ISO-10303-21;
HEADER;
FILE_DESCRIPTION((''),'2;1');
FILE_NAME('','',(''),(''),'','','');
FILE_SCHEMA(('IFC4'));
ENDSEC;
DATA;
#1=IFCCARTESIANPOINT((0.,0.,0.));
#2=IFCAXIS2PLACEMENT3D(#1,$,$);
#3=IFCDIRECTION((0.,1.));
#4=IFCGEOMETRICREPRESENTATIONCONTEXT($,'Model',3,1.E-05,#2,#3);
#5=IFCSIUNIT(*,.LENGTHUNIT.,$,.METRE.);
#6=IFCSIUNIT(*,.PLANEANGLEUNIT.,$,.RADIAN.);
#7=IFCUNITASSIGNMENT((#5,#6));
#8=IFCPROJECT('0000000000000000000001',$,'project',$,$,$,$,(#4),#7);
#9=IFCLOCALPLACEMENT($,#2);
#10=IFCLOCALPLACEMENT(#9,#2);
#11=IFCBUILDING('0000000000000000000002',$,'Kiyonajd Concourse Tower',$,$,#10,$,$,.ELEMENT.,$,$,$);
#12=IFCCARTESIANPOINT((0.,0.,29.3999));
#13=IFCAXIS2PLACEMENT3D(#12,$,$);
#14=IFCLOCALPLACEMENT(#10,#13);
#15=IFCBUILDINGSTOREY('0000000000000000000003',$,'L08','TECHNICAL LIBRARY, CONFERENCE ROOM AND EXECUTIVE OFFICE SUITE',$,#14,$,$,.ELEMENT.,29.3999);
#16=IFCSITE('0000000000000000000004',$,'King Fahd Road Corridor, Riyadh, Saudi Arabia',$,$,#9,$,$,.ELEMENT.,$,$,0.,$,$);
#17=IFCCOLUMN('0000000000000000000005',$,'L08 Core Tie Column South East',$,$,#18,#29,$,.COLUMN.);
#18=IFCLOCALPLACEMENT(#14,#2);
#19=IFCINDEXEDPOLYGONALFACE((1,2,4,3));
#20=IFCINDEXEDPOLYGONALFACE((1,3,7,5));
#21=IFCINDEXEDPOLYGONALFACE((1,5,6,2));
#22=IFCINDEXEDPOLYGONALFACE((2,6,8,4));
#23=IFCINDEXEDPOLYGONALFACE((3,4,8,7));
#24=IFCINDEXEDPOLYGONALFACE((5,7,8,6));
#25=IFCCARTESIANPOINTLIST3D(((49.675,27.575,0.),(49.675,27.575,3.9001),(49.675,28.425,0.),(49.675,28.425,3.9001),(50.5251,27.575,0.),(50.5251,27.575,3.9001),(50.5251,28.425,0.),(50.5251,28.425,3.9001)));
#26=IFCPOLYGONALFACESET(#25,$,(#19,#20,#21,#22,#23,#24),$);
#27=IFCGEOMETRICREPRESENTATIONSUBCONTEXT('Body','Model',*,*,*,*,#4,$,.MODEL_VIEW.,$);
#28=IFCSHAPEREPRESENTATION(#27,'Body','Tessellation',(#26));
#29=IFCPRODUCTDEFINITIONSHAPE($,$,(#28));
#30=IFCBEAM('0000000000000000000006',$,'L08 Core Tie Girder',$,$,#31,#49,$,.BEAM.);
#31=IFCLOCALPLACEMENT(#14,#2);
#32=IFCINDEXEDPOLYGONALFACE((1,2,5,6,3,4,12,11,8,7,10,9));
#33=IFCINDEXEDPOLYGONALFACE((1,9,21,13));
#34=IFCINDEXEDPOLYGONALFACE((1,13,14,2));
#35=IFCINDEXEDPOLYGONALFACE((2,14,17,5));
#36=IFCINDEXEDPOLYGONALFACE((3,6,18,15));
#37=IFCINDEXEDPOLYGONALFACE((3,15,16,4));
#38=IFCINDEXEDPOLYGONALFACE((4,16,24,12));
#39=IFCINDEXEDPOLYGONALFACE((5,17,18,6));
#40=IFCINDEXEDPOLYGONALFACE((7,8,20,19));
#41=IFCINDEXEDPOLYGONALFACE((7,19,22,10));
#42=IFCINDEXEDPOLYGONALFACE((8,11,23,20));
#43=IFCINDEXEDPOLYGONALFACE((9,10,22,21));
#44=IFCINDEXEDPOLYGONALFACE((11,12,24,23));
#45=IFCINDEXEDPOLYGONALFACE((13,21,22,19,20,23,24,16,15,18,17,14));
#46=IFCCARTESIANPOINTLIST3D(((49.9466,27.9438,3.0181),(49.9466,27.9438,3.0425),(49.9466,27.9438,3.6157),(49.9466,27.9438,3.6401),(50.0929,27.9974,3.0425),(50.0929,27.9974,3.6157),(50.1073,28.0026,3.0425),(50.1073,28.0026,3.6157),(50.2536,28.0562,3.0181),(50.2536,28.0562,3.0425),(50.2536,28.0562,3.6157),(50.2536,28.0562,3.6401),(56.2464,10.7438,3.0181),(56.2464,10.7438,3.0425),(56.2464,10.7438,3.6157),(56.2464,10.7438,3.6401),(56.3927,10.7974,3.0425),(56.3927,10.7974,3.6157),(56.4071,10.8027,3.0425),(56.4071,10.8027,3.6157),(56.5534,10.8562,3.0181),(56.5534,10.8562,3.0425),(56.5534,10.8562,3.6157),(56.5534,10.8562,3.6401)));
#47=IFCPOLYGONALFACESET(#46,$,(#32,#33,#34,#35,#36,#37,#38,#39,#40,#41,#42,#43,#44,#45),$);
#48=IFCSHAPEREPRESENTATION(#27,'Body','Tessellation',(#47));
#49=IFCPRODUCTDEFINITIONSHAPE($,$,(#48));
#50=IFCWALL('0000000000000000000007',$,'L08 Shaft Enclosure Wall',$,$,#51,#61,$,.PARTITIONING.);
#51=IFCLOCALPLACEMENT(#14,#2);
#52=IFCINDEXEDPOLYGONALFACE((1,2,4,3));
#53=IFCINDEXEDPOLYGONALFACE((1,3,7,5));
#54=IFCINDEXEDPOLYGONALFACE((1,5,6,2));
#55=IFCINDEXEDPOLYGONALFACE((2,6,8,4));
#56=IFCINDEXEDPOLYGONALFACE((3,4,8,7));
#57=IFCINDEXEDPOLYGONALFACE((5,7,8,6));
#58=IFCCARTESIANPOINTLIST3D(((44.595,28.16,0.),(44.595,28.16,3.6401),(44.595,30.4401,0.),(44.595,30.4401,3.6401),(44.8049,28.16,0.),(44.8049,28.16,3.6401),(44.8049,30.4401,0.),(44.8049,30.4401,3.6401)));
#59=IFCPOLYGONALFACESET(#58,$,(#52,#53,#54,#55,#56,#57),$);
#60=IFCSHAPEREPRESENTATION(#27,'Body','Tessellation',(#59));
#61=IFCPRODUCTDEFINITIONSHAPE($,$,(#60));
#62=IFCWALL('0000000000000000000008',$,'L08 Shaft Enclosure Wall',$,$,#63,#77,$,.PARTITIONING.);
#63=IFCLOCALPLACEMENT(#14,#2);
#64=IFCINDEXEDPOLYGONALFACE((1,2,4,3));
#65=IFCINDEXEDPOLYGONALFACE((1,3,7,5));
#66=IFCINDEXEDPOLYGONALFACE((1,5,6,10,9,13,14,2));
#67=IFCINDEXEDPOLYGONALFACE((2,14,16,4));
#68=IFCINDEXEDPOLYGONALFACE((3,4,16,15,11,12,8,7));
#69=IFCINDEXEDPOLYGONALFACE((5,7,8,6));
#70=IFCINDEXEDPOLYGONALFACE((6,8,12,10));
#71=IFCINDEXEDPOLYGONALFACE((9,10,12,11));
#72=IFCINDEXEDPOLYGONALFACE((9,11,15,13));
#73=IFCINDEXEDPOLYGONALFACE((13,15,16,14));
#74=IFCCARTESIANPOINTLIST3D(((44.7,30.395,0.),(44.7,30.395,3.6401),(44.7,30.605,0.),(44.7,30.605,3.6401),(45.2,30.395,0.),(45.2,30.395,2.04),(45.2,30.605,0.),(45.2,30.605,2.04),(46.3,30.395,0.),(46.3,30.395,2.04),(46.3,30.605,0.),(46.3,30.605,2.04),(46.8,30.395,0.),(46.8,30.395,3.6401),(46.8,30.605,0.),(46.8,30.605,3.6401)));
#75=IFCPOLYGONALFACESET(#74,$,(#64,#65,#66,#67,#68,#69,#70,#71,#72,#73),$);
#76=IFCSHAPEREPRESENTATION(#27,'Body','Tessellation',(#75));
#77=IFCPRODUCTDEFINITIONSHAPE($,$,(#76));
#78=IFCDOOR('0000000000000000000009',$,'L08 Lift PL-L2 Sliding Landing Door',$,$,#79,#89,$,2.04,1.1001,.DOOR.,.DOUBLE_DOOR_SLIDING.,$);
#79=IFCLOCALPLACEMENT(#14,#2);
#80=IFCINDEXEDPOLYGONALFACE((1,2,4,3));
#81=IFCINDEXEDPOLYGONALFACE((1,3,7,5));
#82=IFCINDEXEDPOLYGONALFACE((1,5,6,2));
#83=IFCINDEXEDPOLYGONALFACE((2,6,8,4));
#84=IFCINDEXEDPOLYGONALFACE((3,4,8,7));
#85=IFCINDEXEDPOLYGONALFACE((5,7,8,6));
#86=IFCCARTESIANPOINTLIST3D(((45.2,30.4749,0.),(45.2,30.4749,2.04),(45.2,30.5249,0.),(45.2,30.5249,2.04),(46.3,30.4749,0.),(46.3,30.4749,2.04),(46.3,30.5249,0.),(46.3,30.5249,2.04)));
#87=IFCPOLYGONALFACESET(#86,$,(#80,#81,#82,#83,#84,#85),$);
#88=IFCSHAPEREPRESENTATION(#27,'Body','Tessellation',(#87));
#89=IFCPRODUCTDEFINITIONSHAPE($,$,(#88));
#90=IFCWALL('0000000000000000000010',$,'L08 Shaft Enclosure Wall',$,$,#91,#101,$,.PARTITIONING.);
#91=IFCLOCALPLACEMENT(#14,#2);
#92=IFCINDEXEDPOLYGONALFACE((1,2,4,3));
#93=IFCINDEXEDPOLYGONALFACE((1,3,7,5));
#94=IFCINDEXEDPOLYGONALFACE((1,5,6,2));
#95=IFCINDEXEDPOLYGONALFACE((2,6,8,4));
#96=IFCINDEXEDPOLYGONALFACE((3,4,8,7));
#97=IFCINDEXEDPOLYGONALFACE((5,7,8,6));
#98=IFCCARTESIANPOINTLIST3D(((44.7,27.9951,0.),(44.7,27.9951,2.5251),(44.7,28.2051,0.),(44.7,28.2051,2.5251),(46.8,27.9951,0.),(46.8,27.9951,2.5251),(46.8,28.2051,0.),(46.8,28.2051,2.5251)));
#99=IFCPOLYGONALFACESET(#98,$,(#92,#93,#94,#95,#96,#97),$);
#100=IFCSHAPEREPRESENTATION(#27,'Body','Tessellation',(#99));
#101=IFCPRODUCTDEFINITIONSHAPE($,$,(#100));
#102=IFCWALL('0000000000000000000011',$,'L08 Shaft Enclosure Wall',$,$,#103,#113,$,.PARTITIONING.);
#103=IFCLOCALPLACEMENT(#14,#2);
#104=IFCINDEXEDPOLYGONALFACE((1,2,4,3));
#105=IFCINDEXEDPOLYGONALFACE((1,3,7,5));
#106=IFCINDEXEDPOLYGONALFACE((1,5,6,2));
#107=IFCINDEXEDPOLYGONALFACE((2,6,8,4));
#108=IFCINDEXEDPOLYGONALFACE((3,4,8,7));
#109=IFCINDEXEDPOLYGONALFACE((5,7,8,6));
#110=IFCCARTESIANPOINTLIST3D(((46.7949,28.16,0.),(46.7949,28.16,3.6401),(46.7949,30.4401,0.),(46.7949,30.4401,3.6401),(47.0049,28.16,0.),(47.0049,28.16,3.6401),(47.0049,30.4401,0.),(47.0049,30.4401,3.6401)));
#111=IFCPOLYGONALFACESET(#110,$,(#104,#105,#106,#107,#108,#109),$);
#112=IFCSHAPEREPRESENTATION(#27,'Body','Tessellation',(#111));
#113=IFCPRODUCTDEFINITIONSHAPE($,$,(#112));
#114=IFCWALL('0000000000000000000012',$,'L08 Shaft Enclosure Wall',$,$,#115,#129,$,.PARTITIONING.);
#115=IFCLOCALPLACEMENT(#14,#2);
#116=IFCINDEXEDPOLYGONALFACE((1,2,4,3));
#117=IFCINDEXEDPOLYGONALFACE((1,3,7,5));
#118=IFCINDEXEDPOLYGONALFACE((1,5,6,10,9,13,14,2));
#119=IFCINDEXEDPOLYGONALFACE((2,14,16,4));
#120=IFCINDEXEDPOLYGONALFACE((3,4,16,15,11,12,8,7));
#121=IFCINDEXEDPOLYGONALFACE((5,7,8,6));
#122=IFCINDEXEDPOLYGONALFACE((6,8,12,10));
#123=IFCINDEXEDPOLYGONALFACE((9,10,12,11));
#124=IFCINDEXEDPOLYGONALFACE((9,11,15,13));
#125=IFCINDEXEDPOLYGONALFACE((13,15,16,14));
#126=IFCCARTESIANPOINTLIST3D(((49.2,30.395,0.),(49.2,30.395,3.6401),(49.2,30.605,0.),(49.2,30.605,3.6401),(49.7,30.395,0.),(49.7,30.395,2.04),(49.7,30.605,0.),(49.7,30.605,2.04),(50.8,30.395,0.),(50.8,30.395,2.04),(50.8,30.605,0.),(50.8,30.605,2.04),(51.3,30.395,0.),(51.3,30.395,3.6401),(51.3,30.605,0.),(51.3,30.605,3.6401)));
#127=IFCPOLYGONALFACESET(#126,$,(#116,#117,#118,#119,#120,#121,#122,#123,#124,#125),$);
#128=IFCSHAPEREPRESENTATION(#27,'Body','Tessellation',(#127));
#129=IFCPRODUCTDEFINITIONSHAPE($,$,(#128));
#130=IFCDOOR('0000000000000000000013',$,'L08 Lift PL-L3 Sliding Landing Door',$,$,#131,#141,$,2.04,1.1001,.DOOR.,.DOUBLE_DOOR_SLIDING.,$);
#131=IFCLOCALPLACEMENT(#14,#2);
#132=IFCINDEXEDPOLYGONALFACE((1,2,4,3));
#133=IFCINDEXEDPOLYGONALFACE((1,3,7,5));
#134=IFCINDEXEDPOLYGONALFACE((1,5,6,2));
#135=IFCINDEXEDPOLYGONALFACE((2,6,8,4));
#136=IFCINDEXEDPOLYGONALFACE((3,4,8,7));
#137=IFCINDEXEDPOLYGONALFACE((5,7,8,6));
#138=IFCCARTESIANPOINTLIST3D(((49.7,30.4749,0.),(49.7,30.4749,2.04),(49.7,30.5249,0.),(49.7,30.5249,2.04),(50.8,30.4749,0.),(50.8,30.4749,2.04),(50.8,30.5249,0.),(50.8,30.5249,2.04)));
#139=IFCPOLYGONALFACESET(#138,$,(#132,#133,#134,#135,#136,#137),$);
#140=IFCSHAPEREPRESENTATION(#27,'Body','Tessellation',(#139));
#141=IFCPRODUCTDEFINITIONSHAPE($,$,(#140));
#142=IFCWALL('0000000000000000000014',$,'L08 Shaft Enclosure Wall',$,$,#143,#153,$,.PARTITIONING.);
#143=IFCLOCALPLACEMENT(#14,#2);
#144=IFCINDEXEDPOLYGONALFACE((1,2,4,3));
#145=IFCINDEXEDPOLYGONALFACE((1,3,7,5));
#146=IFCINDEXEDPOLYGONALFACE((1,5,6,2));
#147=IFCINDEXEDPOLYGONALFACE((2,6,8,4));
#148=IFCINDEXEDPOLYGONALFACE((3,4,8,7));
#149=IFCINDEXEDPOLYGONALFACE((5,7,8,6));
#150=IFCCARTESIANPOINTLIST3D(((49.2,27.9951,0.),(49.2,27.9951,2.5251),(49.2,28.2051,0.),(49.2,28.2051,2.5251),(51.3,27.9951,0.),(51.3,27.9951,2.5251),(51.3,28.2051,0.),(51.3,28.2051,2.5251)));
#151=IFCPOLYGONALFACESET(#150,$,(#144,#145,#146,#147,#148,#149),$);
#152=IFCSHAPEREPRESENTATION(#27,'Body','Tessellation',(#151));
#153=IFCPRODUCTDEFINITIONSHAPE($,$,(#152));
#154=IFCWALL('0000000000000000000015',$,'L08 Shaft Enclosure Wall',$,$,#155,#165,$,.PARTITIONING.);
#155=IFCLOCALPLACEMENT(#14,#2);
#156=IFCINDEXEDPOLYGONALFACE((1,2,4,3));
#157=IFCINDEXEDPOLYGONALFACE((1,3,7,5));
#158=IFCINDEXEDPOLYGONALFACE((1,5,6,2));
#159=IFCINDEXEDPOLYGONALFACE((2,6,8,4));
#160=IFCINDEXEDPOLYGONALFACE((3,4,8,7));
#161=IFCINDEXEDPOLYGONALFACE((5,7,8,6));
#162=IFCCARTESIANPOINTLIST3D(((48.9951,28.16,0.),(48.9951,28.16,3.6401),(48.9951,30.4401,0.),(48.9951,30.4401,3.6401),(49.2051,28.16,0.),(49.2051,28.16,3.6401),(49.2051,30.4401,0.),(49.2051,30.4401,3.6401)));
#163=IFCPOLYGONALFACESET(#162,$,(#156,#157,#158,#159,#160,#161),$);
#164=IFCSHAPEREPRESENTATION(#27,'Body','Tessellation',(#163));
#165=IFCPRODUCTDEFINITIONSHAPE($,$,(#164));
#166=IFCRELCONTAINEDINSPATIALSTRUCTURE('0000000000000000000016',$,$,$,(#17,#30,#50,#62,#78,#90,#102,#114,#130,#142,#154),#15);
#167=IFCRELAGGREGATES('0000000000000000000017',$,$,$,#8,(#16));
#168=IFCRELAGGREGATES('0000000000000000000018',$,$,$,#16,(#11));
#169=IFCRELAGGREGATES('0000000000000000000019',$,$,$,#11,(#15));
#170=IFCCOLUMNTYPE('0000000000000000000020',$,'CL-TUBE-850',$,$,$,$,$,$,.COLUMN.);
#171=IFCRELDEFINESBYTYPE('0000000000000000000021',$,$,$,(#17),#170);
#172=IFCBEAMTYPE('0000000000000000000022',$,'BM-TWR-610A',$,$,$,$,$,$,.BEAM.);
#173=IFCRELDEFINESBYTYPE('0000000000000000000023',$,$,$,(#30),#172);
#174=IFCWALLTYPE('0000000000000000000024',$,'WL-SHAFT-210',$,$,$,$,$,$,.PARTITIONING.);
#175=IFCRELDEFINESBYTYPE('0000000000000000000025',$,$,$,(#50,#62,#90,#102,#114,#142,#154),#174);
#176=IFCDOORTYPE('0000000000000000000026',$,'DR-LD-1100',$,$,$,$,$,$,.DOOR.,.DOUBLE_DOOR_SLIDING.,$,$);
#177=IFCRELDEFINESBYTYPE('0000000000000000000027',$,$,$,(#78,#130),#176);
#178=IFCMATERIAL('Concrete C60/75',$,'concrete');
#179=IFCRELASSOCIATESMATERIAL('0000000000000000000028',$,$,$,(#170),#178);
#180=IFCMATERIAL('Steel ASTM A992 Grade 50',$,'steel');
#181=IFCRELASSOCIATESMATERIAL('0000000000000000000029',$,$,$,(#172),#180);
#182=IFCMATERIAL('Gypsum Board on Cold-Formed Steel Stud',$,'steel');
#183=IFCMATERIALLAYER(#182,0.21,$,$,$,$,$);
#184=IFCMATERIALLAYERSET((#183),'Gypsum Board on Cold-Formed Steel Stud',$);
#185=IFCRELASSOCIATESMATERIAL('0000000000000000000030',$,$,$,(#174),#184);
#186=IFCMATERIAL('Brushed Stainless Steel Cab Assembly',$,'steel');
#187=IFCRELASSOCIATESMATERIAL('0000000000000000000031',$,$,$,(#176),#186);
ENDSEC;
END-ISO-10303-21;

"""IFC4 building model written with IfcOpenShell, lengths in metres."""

from ifc_helpers import new_model, si_unit, direction, frame, frame_2d, origin, origin_2d, place, context, subcontext, project, spatial, rectangle, i_section, extrude, material, layer, layer_set, material_profile, profile_set, type_object, element, fill, save


model = new_model("IFC4")

# Units and contexts
model_context = context("Model", 3, precision=1e-05, world=origin(), true_north=direction((0.0, 1.0)))
body_context = subcontext(model_context, "Body", "Model", "MODEL_VIEW")
ifc_project = project(units=[si_unit("LENGTHUNIT", "METRE"), si_unit("PLANEANGLEUNIT", "RADIAN")], contexts=[model_context])

# Site, building, storey
site_placement = place(None, origin())
site = spatial("IfcSite", under=ifc_project, at=site_placement, Name="King Fahd Road Corridor, Riyadh, Saudi Arabia", CompositionType="ELEMENT", RefElevation=0.0)
building_placement = place(site_placement, origin())
building = spatial("IfcBuilding", under=site, at=building_placement, Name="Kiyonajd Concourse Tower", CompositionType="ELEMENT")
storey_placement = place(building_placement, frame((0.0, 0.0, 29.3999)))
storey = spatial("IfcBuildingStorey", under=building, at=storey_placement, Name="L08", Description="TECHNICAL LIBRARY, CONFERENCE ROOM AND EXECUTIVE OFFICE SUITE", CompositionType="ELEMENT", Elevation=29.3999)

# Column
ifc_material_1 = material(Name="Concrete C60/75", Category="concrete")
ifc_material_profile_1 = material_profile(ifc_material_1, rectangle(XDim=0.8501, YDim=0.8501, at=origin_2d()), Name="RC-850x850")
ifc_profile_set_1 = profile_set([ifc_material_profile_1], Name="Concrete C60/75")
column_type = type_object("IfcColumnType", Name="CL-TUBE-850", PredefinedType="COLUMN", material=ifc_profile_set_1)
column_placement = place(storey_placement, frame((50.1001, 28.0, 0.0), z_axis=(0.0, 0.0, 1.0), x_axis=(1.0, 0.0, 0.0)))
element("IfcColumn", 1, at=column_placement, inside=storey, type_object=column_type, Name="L08 Core Tie Column South East", PredefinedType="COLUMN", context=body_context, shape_type="SweptSolid", body=[
    extrude(rectangle(XDim=0.8501, YDim=0.8501, at=origin_2d()), origin(), (0.0, 0.0, 1.0), 3.9001),
])

# Beam
ifc_material_2 = material(Name="Steel ASTM A992 Grade 50", Category="steel")
ifc_material_profile_2 = material_profile(ifc_material_2, i_section(OverallWidth=0.3269, OverallDepth=0.6221, WebThickness=0.0154, FlangeThickness=0.0244, at=origin_2d()), Name="W610X195")
ifc_profile_set_2 = profile_set([ifc_material_profile_2], Name="Steel ASTM A992 Grade 50")
beam_type = type_object("IfcBeamType", Name="BM-TWR-610A", PredefinedType="BEAM", material=ifc_profile_set_2)
beam_placement = place(storey_placement, frame((50.1001, 28.0, 3.3291), z_axis=(0.343925, -0.938997, 0.0), x_axis=(0.938997, 0.343925, 0.0)))
element("IfcBeam", 2, at=beam_placement, inside=storey, type_object=beam_type, Name="L08 Core Tie Girder", PredefinedType="BEAM", context=body_context, shape_type="SweptSolid", body=[
    extrude(i_section(OverallWidth=0.3269, OverallDepth=0.6221, WebThickness=0.0154, FlangeThickness=0.0244, at=origin_2d()), origin(), (0.0, 0.0, 1.0), 18.3174),
])

# Wall
ifc_material_3 = material(Name="Gypsum Board on Cold-Formed Steel Stud", Category="steel")
ifc_layer_1 = layer(ifc_material_3, 0.21)
ifc_layer_set_1 = layer_set([ifc_layer_1], Name="Gypsum Board on Cold-Formed Steel Stud")
wall_type_1 = type_object("IfcWallType", Name="WL-SHAFT-210", PredefinedType="PARTITIONING", material=ifc_layer_set_1)
wall_1_placement = place(storey_placement, frame((44.7, 28.1599, 0.0), z_axis=(0.0, 0.0, 1.0), x_axis=(0.0, 1.0, 0.0)))
element("IfcWall", 3, at=wall_1_placement, inside=storey, type_object=wall_type_1, Name="L08 Shaft Enclosure Wall", PredefinedType="PARTITIONING", context=body_context, shape_type="SweptSolid", body=[
    extrude(rectangle(XDim=2.28, YDim=0.21, at=frame_2d((1.1401, 0.0))), origin(), (0.0, 0.0, 1.0), 3.6401),
])

# Wall, opening, door
wall_2_placement = place(storey_placement, frame((44.7, 30.5, 0.0), z_axis=(0.0, 0.0, 1.0), x_axis=(1.0, 0.0, 0.0)))
wall_2 = element("IfcWall", 4, at=wall_2_placement, inside=storey, type_object=wall_type_1, Name="L08 Shaft Enclosure Wall", PredefinedType="PARTITIONING", context=body_context, shape_type="SweptSolid", body=[
    extrude(rectangle(XDim=2.1001, YDim=0.21, at=frame_2d((1.05, 0.0))), origin(), (0.0, 0.0, 1.0), 3.6401),
])
opening_1_placement = place(wall_2_placement, frame((0.5, 0.0, 0.0)))
opening_1 = element("IfcOpeningElement", 5, at=opening_1_placement, cuts=wall_2, PredefinedType="OPENING", context=body_context, shape_type="SweptSolid", body=[
    extrude(rectangle(XDim=1.1001, YDim=2.04, at=frame_2d((0.55, 1.02))), frame((0.0, 0.115, 0.0), z_axis=(0.0, -1.0, 0.0), x_axis=(1.0, 0.0, 0.0)), (0.0, 0.0, 1.0), 0.23),
])
ifc_material_4 = material(Name="Brushed Stainless Steel Cab Assembly", Category="steel")
door_type_1 = type_object("IfcDoorType", Name="DR-LD-1100", OperationType="DOUBLE_DOOR_SLIDING", PredefinedType="DOOR", material=ifc_material_4)
door_1_placement = place(opening_1_placement, origin())
door_1 = element("IfcDoor", 6, at=door_1_placement, inside=storey, type_object=door_type_1, Name="L08 Lift PL-L2 Sliding Landing Door", OperationType="DOUBLE_DOOR_SLIDING", OverallHeight=2.04, OverallWidth=1.1001, PredefinedType="DOOR", context=body_context, shape_type="SweptSolid", body=[
    extrude(rectangle(XDim=1.1001, YDim=2.04, at=frame_2d((0.55, 1.02))), frame((0.0, 0.0249, 0.0), z_axis=(0.0, -1.0, 0.0), x_axis=(1.0, 0.0, 0.0)), (0.0, 0.0, 1.0), 0.05),
])
fill(opening_1, door_1)

# Walls
wall_3_placement = place(storey_placement, frame((44.7, 28.1001, 0.0), z_axis=(0.0, 0.0, 1.0), x_axis=(1.0, 0.0, 0.0)))
element("IfcWall", 7, at=wall_3_placement, inside=storey, type_object=wall_type_1, Name="L08 Shaft Enclosure Wall", PredefinedType="PARTITIONING", context=body_context, shape_type="SweptSolid", body=[
    extrude(rectangle(XDim=2.1001, YDim=0.21, at=frame_2d((1.05, 0.0))), origin(), (0.0, 0.0, 1.0), 2.5251),
])
wall_4_placement = place(storey_placement, frame((46.8999, 28.1599, 0.0), z_axis=(0.0, 0.0, 1.0), x_axis=(0.0, 1.0, 0.0)))
element("IfcWall", 8, at=wall_4_placement, inside=storey, type_object=wall_type_1, Name="L08 Shaft Enclosure Wall", PredefinedType="PARTITIONING", context=body_context, shape_type="SweptSolid", body=[
    extrude(rectangle(XDim=2.28, YDim=0.21, at=frame_2d((1.1401, 0.0))), origin(), (0.0, 0.0, 1.0), 3.6401),
])

# Wall, opening, door
wall_5_placement = place(storey_placement, frame((49.2, 30.5, 0.0), z_axis=(0.0, 0.0, 1.0), x_axis=(1.0, 0.0, 0.0)))
wall_5 = element("IfcWall", 9, at=wall_5_placement, inside=storey, type_object=wall_type_1, Name="L08 Shaft Enclosure Wall", PredefinedType="PARTITIONING", context=body_context, shape_type="SweptSolid", body=[
    extrude(rectangle(XDim=2.1001, YDim=0.21, at=frame_2d((1.05, 0.0))), origin(), (0.0, 0.0, 1.0), 3.6401),
])
opening_2_placement = place(wall_5_placement, frame((0.5, 0.0, 0.0)))
opening_2 = element("IfcOpeningElement", 10, at=opening_2_placement, cuts=wall_5, PredefinedType="OPENING", context=body_context, shape_type="SweptSolid", body=[
    extrude(rectangle(XDim=1.1001, YDim=2.04, at=frame_2d((0.55, 1.02))), frame((0.0, 0.115, 0.0), z_axis=(0.0, -1.0, 0.0), x_axis=(1.0, 0.0, 0.0)), (0.0, 0.0, 1.0), 0.23),
])
door_2_placement = place(opening_2_placement, origin())
door_2 = element("IfcDoor", 11, at=door_2_placement, inside=storey, type_object=door_type_1, Name="L08 Lift PL-L3 Sliding Landing Door", OperationType="DOUBLE_DOOR_SLIDING", OverallHeight=2.04, OverallWidth=1.1001, PredefinedType="DOOR", context=body_context, shape_type="SweptSolid", body=[
    extrude(rectangle(XDim=1.1001, YDim=2.04, at=frame_2d((0.55, 1.02))), frame((0.0, 0.0249, 0.0), z_axis=(0.0, -1.0, 0.0), x_axis=(1.0, 0.0, 0.0)), (0.0, 0.0, 1.0), 0.05),
])
fill(opening_2, door_2)

# Walls
wall_6_placement = place(storey_placement, frame((49.2, 28.1001, 0.0), z_axis=(0.0, 0.0, 1.0), x_axis=(1.0, 0.0, 0.0)))
element("IfcWall", 12, at=wall_6_placement, inside=storey, type_object=wall_type_1, Name="L08 Shaft Enclosure Wall", PredefinedType="PARTITIONING", context=body_context, shape_type="SweptSolid", body=[
    extrude(rectangle(XDim=2.1001, YDim=0.21, at=frame_2d((1.05, 0.0))), origin(), (0.0, 0.0, 1.0), 2.5251),
])
wall_7_placement = place(storey_placement, frame((49.1001, 28.1599, 0.0), z_axis=(0.0, 0.0, 1.0), x_axis=(0.0, 1.0, 0.0)))
element("IfcWall", 13, at=wall_7_placement, inside=storey, type_object=wall_type_1, Name="L08 Shaft Enclosure Wall", PredefinedType="PARTITIONING", context=body_context, shape_type="SweptSolid", body=[
    extrude(rectangle(XDim=2.28, YDim=0.21, at=frame_2d((1.1401, 0.0))), origin(), (0.0, 0.0, 1.0), 3.6401),
])

save(model, "model.ifc")
